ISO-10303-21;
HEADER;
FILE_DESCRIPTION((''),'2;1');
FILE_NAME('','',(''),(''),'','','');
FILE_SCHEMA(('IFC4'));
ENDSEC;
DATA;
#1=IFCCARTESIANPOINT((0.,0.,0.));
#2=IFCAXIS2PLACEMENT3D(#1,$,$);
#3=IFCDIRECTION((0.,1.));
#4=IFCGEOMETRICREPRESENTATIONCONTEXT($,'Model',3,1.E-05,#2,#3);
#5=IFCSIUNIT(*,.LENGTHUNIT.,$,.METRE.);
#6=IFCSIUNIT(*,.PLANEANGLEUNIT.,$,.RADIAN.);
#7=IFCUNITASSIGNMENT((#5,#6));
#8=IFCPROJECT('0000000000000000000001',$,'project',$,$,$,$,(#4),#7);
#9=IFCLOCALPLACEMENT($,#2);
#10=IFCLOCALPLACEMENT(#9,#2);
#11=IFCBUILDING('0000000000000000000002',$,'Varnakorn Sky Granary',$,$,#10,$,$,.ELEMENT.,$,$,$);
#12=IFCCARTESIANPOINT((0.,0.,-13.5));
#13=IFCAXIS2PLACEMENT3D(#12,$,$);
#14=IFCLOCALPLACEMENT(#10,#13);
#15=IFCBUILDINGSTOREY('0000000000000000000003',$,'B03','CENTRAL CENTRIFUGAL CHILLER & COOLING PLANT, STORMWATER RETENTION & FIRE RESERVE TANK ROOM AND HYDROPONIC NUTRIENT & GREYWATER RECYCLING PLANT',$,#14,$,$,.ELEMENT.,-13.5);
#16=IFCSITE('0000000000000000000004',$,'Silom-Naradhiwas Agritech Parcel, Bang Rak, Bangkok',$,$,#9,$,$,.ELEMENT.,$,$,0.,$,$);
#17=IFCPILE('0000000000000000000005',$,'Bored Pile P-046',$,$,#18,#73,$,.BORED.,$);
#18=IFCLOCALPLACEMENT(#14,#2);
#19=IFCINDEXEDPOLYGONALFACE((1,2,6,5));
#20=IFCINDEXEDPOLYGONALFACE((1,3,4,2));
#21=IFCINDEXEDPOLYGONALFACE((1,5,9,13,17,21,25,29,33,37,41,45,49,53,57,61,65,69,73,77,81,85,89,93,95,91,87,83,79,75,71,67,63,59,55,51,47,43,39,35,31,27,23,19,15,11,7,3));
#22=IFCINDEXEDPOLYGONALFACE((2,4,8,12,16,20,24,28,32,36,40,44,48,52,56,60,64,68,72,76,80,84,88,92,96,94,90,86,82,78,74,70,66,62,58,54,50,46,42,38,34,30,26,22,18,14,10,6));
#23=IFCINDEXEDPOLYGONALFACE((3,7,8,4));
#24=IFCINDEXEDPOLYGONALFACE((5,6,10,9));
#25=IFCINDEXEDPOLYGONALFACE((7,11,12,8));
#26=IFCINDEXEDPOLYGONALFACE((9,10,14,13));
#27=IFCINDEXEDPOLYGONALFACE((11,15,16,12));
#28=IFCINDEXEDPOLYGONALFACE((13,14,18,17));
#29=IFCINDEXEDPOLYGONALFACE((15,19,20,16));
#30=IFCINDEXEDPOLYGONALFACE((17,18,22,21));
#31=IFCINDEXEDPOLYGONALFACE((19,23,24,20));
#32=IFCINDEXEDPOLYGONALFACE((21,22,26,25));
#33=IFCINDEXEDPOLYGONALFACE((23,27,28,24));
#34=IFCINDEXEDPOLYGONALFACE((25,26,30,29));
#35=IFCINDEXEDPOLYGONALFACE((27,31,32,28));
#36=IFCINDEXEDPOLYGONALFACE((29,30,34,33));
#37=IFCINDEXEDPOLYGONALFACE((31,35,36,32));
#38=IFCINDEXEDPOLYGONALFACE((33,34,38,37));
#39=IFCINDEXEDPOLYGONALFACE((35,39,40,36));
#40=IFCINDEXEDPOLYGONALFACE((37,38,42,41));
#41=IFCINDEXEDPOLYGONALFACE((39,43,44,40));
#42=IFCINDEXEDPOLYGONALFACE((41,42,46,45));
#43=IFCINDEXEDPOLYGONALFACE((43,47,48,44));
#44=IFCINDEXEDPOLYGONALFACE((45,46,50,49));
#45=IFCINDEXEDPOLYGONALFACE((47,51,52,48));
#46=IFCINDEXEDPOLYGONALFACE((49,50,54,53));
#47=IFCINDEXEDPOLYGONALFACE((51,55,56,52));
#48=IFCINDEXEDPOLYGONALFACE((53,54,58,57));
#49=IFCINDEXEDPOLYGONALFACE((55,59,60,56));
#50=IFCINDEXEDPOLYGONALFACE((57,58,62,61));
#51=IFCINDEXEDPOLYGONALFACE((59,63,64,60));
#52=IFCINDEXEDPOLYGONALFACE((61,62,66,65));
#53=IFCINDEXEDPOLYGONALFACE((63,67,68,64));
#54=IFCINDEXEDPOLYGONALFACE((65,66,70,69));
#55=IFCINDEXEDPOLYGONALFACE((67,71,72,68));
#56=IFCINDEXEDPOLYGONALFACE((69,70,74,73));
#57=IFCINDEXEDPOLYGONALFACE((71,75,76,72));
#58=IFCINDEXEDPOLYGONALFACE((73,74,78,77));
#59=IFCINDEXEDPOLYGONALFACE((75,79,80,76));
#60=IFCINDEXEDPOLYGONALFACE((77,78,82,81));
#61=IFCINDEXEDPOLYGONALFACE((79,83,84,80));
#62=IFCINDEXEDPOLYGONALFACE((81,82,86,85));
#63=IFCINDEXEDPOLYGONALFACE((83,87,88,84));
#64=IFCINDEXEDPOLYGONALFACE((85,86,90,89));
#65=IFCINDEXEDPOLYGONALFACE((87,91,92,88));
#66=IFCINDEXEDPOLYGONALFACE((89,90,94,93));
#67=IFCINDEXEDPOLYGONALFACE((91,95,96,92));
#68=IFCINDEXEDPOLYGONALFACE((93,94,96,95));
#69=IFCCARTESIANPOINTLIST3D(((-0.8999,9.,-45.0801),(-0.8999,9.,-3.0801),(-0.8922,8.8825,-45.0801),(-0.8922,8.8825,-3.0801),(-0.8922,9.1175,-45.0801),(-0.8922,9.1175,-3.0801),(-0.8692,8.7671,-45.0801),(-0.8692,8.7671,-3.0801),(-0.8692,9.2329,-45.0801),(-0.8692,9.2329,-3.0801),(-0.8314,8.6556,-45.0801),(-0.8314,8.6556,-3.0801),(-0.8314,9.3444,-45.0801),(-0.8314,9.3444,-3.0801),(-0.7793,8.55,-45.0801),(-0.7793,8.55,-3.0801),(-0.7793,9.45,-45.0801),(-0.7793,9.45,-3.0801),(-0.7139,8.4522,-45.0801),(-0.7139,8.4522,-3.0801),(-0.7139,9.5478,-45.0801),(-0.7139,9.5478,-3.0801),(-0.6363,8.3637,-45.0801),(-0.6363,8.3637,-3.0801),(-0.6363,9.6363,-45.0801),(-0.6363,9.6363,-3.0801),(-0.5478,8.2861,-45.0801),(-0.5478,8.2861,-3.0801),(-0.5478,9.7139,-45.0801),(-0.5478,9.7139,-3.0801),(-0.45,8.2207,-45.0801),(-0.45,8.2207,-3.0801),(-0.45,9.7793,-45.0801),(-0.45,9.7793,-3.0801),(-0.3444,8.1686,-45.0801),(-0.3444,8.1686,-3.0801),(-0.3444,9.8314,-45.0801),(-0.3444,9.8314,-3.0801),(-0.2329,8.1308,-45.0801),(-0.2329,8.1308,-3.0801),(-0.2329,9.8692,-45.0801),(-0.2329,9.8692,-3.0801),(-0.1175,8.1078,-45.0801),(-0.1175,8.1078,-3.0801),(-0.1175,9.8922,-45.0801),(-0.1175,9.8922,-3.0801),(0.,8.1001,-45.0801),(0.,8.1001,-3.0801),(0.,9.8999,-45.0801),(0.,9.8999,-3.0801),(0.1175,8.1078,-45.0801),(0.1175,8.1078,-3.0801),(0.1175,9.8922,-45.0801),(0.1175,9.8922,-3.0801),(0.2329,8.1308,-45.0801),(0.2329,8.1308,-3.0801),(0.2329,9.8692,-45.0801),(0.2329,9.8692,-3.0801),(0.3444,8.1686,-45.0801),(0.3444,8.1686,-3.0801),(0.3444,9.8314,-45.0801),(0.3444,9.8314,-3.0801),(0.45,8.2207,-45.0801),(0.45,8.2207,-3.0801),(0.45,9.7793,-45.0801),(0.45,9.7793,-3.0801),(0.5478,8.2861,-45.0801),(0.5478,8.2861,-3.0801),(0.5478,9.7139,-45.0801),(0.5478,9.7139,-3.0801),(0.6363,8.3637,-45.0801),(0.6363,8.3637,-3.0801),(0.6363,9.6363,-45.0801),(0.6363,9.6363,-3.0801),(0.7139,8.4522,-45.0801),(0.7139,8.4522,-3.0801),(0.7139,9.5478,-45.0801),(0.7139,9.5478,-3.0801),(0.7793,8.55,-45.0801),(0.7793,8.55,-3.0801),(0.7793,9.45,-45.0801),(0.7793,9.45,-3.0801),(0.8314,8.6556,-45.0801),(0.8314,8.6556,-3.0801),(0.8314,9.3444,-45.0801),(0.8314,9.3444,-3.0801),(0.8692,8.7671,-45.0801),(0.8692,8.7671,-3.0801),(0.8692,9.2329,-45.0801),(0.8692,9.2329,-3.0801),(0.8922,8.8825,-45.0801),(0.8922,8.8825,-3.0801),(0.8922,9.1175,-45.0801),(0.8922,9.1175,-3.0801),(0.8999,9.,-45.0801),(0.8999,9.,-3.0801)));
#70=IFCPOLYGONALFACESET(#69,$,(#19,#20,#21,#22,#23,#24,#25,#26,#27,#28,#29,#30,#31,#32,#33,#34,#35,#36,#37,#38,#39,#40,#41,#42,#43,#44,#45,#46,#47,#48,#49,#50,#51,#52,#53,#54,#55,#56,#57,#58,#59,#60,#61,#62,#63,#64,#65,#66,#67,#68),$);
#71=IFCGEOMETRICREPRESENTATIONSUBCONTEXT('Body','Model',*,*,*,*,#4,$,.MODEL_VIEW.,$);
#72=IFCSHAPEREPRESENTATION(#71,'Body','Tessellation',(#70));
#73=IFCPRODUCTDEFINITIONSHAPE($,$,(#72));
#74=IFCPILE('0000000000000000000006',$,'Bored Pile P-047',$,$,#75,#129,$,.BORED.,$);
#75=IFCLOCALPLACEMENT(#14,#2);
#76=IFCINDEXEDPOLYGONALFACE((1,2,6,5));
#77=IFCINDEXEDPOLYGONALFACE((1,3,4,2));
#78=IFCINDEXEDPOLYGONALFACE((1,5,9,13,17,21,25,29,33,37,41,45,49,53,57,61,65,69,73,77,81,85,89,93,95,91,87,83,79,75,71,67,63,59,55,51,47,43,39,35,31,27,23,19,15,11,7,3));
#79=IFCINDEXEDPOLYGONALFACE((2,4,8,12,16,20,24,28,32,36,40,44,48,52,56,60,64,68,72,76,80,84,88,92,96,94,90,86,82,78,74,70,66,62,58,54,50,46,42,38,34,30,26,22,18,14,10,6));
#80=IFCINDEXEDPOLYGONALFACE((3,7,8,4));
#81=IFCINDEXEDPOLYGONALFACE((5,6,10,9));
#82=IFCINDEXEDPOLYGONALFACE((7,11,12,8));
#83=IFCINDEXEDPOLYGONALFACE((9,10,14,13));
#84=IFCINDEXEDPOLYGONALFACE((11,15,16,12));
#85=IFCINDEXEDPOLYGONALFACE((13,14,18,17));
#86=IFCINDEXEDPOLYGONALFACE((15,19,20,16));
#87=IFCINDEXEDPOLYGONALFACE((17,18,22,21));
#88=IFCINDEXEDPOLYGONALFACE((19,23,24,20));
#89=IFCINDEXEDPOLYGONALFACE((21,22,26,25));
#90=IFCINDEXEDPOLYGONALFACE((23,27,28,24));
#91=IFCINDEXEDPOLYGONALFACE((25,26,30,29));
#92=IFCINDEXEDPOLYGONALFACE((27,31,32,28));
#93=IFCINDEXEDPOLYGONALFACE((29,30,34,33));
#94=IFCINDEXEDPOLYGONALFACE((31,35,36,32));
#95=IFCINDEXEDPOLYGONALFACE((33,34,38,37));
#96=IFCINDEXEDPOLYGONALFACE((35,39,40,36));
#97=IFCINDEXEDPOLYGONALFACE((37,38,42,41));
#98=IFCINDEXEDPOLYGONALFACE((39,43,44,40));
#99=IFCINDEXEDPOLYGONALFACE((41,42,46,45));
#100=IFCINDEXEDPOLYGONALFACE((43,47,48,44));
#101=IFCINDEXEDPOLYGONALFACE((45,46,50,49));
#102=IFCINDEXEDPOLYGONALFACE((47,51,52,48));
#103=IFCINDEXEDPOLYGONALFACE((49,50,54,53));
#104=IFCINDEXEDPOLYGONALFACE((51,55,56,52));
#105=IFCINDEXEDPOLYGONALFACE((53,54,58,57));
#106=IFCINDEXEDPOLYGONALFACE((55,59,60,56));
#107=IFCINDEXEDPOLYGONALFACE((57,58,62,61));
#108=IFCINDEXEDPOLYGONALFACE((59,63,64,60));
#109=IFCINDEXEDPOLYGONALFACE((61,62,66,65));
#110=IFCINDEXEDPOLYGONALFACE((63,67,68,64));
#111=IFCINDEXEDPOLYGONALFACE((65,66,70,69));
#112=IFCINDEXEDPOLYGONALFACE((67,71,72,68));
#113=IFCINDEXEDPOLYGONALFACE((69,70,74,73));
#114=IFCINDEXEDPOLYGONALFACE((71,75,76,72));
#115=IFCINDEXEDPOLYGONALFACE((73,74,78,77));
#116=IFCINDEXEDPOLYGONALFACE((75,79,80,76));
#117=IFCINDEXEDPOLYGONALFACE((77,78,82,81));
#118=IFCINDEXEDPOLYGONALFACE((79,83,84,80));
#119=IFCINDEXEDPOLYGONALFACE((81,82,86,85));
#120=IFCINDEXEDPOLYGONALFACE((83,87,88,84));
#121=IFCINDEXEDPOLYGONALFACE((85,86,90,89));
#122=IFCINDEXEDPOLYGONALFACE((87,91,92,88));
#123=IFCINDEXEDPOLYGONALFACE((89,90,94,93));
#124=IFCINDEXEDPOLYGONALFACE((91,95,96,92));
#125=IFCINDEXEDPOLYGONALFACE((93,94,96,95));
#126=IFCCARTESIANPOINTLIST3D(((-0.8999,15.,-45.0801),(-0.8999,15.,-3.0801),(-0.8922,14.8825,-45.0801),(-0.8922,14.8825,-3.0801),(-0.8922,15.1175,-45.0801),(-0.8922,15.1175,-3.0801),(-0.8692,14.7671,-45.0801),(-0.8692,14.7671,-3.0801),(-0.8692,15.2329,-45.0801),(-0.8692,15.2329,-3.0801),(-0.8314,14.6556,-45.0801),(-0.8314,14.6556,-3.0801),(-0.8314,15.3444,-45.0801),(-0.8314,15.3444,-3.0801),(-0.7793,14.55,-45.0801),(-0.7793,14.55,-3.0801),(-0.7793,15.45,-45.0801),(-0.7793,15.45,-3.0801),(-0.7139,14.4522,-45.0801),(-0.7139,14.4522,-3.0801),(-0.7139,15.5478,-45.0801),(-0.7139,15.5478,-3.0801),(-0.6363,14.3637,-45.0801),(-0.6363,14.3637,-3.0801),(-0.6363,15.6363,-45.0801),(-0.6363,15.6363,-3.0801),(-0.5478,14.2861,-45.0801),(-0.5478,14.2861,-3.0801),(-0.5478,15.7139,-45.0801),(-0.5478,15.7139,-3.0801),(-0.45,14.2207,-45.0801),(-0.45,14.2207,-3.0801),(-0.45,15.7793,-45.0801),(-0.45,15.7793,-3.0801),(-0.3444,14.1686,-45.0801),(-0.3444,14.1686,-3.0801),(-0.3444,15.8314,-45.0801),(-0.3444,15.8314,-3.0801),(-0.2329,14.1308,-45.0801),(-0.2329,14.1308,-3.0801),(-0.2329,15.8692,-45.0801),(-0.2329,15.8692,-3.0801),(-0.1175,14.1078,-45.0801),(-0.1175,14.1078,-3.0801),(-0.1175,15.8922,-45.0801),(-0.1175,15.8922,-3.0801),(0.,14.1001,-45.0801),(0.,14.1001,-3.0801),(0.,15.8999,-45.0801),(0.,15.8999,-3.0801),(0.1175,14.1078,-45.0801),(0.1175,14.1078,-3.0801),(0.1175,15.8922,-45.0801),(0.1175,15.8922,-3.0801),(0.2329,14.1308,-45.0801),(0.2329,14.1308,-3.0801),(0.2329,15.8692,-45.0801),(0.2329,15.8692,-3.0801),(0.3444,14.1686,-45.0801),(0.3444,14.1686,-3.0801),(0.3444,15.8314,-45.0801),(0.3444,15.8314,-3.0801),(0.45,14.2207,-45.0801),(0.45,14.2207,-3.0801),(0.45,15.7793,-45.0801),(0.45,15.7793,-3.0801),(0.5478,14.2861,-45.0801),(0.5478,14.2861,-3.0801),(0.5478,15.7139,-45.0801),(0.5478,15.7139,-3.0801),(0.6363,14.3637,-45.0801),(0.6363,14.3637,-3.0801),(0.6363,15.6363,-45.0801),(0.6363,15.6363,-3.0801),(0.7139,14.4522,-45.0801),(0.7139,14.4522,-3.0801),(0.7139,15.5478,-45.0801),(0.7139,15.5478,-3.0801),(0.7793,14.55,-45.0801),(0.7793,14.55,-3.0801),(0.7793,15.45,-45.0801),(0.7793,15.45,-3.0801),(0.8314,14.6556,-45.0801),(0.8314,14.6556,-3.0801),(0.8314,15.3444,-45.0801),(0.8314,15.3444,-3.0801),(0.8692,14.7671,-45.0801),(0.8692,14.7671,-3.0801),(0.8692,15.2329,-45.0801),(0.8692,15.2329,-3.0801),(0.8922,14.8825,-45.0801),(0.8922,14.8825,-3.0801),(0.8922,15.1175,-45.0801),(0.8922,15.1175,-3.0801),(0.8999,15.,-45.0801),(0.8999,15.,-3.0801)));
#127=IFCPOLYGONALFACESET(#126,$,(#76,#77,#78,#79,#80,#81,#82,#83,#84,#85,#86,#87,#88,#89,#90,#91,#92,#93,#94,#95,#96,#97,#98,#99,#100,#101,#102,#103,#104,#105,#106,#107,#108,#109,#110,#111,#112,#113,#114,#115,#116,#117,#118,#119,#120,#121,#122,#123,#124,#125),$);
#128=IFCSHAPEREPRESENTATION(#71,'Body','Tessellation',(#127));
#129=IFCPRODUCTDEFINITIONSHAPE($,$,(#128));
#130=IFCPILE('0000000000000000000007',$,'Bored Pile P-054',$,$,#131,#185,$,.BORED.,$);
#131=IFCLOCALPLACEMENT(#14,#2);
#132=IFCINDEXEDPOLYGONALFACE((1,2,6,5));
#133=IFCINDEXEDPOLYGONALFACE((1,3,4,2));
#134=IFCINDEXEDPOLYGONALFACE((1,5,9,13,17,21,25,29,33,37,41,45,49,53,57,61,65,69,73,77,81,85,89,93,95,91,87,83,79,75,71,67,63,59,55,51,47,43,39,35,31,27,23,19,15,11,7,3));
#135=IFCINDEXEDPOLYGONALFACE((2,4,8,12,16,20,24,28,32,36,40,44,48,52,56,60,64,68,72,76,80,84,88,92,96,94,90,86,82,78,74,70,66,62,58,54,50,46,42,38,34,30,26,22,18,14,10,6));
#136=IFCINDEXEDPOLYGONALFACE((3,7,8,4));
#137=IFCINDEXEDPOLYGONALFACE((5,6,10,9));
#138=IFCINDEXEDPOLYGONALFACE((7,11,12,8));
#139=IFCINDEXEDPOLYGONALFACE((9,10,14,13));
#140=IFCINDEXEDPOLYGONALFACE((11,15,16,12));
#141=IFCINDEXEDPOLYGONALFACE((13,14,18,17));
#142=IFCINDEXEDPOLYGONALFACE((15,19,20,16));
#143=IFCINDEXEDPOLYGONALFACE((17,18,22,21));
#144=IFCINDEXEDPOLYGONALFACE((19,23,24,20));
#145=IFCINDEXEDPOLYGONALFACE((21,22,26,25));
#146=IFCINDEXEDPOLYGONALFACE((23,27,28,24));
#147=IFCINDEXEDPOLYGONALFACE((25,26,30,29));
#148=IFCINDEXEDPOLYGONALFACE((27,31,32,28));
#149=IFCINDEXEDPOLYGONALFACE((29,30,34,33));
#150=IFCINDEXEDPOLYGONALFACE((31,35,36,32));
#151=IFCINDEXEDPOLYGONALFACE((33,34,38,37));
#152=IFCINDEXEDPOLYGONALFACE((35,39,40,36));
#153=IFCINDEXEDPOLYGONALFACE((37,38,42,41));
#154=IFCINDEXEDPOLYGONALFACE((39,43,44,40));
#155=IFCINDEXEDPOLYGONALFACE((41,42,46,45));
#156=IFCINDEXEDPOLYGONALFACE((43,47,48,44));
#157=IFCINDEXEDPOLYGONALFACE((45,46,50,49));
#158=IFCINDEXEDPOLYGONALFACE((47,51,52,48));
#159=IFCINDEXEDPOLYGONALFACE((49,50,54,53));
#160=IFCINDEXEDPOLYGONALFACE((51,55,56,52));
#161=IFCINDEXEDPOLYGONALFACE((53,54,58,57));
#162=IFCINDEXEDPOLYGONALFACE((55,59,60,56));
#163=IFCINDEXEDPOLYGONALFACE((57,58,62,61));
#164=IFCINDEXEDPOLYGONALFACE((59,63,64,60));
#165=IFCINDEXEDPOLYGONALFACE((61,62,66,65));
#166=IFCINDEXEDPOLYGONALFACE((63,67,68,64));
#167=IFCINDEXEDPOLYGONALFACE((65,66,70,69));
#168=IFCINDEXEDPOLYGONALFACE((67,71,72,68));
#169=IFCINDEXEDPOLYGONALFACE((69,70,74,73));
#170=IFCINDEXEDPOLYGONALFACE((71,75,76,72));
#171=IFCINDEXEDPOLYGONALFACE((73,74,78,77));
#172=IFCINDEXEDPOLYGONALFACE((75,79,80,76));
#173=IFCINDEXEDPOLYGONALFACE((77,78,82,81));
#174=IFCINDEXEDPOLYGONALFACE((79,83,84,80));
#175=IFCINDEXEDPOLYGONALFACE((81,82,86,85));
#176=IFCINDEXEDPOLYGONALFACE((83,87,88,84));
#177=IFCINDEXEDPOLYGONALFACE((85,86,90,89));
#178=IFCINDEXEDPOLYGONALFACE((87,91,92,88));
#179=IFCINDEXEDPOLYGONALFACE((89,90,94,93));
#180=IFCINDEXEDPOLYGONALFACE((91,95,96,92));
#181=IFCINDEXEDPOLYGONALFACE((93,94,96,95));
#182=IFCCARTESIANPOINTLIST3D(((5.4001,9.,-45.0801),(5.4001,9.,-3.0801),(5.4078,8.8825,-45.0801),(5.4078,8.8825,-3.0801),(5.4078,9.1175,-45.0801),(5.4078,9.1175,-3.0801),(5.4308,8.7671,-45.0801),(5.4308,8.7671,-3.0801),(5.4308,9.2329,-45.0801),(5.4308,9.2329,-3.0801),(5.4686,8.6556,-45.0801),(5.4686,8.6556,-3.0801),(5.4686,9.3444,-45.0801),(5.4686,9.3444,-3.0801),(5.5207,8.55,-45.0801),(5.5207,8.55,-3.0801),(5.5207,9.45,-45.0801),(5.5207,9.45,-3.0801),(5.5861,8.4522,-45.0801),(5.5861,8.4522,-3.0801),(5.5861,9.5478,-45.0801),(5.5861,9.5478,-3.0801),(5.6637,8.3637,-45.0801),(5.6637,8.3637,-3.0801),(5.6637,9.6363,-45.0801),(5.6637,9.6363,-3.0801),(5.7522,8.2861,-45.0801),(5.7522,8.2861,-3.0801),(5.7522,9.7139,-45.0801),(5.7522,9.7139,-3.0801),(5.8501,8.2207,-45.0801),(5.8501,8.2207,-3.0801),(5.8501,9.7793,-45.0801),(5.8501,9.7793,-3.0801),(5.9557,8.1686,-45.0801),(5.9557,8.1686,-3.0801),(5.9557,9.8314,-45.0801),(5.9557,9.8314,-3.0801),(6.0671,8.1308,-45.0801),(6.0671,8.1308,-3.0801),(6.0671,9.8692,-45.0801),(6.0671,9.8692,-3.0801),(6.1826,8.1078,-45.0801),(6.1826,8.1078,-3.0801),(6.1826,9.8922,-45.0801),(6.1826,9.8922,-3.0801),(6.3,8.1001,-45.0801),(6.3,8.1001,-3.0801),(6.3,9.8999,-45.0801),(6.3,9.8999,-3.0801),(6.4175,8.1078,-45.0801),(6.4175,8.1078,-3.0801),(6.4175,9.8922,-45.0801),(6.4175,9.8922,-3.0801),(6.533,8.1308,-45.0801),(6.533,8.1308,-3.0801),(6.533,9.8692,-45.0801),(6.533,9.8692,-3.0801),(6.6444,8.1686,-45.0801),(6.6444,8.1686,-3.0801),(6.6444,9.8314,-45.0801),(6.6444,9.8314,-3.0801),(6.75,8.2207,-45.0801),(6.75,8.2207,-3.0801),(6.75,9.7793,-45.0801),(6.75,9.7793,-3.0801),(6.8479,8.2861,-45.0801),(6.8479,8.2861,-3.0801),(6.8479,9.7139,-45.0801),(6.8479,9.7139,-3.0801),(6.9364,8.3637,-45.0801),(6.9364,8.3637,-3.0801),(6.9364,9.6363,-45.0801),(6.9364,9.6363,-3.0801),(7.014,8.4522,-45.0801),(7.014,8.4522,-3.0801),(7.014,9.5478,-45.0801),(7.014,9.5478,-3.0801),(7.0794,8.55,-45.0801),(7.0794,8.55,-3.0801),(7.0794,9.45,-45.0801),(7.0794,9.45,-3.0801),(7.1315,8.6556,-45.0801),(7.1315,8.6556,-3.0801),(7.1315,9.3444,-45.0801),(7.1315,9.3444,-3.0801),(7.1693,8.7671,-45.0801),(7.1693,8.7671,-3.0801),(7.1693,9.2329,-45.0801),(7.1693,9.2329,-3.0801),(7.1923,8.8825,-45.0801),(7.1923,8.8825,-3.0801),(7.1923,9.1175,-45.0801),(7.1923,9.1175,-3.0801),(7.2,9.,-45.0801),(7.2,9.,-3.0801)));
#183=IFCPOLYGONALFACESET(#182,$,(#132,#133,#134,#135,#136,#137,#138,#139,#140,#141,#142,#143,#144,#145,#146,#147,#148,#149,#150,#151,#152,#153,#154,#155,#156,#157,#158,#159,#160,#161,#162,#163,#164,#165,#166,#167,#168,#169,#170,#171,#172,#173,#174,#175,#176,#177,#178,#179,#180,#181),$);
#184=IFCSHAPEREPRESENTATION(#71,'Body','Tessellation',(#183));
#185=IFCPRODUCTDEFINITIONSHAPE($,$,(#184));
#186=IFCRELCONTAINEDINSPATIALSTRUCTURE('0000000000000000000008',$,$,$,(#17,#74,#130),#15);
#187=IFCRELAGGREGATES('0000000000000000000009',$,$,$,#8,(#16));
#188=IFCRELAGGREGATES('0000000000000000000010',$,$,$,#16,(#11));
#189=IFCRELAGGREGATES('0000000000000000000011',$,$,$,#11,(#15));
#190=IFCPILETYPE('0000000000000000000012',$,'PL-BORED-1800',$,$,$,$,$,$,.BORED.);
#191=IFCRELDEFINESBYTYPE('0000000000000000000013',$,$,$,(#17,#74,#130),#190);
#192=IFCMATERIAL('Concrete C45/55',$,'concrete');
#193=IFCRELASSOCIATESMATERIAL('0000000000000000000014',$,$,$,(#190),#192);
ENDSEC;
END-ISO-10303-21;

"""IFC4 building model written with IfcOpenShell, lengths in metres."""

from ifc_helpers import new_model, si_unit, direction, frame, origin, origin_2d, place, context, subcontext, project, spatial, circle, extrude, material, material_profile, profile_set, type_object, element, save


model = new_model("IFC4")

# Units and contexts
model_context = context("Model", 3, precision=1e-05, world=origin(), true_north=direction((0.0, 1.0)))
body_context = subcontext(model_context, "Body", "Model", "MODEL_VIEW")
ifc_project = project(units=[si_unit("LENGTHUNIT", "METRE"), si_unit("PLANEANGLEUNIT", "RADIAN")], contexts=[model_context])

# Site, building, storey
site_placement = place(None, origin())
site = spatial("IfcSite", under=ifc_project, at=site_placement, Name="Silom-Naradhiwas Agritech Parcel, Bang Rak, Bangkok", CompositionType="ELEMENT", RefElevation=0.0)
building_placement = place(site_placement, origin())
building = spatial("IfcBuilding", under=site, at=building_placement, Name="Varnakorn Sky Granary", CompositionType="ELEMENT")
storey_placement = place(building_placement, frame((0.0, 0.0, -13.5)))
storey = spatial("IfcBuildingStorey", under=building, at=storey_placement, Name="B03", Description="CENTRAL CENTRIFUGAL CHILLER & COOLING PLANT, STORMWATER RETENTION & FIRE RESERVE TANK ROOM AND HYDROPONIC NUTRIENT & GREYWATER RECYCLING PLANT", CompositionType="ELEMENT", Elevation=-13.5)

# Piles
ifc_material_1 = material(Name="Concrete C45/55", Category="concrete")
ifc_material_profile_1 = material_profile(ifc_material_1, circle(Radius=0.8999, at=origin_2d()), Name="PILE D1800")
ifc_profile_set_1 = profile_set([ifc_material_profile_1], Name="Concrete C45/55")
pile_type_1 = type_object("IfcPileType", Name="PL-BORED-1800", PredefinedType="BORED", material=ifc_profile_set_1)
for number, where, z_axis, x_axis, name in (
    (1, (0.0, 9.0, -3.0801), (0.0, 0.0, -1.0), (1.0, 0.0, 0.0), "Bored Pile P-046"),
    (2, (0.0, 15.0, -3.0801), (0.0, 0.0, -1.0), (1.0, 0.0, 0.0), "Bored Pile P-047"),
    (3, (6.3, 9.0, -3.0801), (0.0, 0.0, -1.0), (1.0, 0.0, 0.0), "Bored Pile P-054"),
):
    element("IfcPile", number, at=place(storey_placement, frame(where, z_axis=z_axis, x_axis=x_axis)), inside=storey, type_object=pile_type_1, Name=name, PredefinedType="BORED", context=body_context, shape_type="SweptSolid", body=[
        extrude(circle(Radius=0.8999, at=origin_2d()), origin(), (0.0, 0.0, 1.0), 42.0),
    ])

save(model, "model.ifc")
